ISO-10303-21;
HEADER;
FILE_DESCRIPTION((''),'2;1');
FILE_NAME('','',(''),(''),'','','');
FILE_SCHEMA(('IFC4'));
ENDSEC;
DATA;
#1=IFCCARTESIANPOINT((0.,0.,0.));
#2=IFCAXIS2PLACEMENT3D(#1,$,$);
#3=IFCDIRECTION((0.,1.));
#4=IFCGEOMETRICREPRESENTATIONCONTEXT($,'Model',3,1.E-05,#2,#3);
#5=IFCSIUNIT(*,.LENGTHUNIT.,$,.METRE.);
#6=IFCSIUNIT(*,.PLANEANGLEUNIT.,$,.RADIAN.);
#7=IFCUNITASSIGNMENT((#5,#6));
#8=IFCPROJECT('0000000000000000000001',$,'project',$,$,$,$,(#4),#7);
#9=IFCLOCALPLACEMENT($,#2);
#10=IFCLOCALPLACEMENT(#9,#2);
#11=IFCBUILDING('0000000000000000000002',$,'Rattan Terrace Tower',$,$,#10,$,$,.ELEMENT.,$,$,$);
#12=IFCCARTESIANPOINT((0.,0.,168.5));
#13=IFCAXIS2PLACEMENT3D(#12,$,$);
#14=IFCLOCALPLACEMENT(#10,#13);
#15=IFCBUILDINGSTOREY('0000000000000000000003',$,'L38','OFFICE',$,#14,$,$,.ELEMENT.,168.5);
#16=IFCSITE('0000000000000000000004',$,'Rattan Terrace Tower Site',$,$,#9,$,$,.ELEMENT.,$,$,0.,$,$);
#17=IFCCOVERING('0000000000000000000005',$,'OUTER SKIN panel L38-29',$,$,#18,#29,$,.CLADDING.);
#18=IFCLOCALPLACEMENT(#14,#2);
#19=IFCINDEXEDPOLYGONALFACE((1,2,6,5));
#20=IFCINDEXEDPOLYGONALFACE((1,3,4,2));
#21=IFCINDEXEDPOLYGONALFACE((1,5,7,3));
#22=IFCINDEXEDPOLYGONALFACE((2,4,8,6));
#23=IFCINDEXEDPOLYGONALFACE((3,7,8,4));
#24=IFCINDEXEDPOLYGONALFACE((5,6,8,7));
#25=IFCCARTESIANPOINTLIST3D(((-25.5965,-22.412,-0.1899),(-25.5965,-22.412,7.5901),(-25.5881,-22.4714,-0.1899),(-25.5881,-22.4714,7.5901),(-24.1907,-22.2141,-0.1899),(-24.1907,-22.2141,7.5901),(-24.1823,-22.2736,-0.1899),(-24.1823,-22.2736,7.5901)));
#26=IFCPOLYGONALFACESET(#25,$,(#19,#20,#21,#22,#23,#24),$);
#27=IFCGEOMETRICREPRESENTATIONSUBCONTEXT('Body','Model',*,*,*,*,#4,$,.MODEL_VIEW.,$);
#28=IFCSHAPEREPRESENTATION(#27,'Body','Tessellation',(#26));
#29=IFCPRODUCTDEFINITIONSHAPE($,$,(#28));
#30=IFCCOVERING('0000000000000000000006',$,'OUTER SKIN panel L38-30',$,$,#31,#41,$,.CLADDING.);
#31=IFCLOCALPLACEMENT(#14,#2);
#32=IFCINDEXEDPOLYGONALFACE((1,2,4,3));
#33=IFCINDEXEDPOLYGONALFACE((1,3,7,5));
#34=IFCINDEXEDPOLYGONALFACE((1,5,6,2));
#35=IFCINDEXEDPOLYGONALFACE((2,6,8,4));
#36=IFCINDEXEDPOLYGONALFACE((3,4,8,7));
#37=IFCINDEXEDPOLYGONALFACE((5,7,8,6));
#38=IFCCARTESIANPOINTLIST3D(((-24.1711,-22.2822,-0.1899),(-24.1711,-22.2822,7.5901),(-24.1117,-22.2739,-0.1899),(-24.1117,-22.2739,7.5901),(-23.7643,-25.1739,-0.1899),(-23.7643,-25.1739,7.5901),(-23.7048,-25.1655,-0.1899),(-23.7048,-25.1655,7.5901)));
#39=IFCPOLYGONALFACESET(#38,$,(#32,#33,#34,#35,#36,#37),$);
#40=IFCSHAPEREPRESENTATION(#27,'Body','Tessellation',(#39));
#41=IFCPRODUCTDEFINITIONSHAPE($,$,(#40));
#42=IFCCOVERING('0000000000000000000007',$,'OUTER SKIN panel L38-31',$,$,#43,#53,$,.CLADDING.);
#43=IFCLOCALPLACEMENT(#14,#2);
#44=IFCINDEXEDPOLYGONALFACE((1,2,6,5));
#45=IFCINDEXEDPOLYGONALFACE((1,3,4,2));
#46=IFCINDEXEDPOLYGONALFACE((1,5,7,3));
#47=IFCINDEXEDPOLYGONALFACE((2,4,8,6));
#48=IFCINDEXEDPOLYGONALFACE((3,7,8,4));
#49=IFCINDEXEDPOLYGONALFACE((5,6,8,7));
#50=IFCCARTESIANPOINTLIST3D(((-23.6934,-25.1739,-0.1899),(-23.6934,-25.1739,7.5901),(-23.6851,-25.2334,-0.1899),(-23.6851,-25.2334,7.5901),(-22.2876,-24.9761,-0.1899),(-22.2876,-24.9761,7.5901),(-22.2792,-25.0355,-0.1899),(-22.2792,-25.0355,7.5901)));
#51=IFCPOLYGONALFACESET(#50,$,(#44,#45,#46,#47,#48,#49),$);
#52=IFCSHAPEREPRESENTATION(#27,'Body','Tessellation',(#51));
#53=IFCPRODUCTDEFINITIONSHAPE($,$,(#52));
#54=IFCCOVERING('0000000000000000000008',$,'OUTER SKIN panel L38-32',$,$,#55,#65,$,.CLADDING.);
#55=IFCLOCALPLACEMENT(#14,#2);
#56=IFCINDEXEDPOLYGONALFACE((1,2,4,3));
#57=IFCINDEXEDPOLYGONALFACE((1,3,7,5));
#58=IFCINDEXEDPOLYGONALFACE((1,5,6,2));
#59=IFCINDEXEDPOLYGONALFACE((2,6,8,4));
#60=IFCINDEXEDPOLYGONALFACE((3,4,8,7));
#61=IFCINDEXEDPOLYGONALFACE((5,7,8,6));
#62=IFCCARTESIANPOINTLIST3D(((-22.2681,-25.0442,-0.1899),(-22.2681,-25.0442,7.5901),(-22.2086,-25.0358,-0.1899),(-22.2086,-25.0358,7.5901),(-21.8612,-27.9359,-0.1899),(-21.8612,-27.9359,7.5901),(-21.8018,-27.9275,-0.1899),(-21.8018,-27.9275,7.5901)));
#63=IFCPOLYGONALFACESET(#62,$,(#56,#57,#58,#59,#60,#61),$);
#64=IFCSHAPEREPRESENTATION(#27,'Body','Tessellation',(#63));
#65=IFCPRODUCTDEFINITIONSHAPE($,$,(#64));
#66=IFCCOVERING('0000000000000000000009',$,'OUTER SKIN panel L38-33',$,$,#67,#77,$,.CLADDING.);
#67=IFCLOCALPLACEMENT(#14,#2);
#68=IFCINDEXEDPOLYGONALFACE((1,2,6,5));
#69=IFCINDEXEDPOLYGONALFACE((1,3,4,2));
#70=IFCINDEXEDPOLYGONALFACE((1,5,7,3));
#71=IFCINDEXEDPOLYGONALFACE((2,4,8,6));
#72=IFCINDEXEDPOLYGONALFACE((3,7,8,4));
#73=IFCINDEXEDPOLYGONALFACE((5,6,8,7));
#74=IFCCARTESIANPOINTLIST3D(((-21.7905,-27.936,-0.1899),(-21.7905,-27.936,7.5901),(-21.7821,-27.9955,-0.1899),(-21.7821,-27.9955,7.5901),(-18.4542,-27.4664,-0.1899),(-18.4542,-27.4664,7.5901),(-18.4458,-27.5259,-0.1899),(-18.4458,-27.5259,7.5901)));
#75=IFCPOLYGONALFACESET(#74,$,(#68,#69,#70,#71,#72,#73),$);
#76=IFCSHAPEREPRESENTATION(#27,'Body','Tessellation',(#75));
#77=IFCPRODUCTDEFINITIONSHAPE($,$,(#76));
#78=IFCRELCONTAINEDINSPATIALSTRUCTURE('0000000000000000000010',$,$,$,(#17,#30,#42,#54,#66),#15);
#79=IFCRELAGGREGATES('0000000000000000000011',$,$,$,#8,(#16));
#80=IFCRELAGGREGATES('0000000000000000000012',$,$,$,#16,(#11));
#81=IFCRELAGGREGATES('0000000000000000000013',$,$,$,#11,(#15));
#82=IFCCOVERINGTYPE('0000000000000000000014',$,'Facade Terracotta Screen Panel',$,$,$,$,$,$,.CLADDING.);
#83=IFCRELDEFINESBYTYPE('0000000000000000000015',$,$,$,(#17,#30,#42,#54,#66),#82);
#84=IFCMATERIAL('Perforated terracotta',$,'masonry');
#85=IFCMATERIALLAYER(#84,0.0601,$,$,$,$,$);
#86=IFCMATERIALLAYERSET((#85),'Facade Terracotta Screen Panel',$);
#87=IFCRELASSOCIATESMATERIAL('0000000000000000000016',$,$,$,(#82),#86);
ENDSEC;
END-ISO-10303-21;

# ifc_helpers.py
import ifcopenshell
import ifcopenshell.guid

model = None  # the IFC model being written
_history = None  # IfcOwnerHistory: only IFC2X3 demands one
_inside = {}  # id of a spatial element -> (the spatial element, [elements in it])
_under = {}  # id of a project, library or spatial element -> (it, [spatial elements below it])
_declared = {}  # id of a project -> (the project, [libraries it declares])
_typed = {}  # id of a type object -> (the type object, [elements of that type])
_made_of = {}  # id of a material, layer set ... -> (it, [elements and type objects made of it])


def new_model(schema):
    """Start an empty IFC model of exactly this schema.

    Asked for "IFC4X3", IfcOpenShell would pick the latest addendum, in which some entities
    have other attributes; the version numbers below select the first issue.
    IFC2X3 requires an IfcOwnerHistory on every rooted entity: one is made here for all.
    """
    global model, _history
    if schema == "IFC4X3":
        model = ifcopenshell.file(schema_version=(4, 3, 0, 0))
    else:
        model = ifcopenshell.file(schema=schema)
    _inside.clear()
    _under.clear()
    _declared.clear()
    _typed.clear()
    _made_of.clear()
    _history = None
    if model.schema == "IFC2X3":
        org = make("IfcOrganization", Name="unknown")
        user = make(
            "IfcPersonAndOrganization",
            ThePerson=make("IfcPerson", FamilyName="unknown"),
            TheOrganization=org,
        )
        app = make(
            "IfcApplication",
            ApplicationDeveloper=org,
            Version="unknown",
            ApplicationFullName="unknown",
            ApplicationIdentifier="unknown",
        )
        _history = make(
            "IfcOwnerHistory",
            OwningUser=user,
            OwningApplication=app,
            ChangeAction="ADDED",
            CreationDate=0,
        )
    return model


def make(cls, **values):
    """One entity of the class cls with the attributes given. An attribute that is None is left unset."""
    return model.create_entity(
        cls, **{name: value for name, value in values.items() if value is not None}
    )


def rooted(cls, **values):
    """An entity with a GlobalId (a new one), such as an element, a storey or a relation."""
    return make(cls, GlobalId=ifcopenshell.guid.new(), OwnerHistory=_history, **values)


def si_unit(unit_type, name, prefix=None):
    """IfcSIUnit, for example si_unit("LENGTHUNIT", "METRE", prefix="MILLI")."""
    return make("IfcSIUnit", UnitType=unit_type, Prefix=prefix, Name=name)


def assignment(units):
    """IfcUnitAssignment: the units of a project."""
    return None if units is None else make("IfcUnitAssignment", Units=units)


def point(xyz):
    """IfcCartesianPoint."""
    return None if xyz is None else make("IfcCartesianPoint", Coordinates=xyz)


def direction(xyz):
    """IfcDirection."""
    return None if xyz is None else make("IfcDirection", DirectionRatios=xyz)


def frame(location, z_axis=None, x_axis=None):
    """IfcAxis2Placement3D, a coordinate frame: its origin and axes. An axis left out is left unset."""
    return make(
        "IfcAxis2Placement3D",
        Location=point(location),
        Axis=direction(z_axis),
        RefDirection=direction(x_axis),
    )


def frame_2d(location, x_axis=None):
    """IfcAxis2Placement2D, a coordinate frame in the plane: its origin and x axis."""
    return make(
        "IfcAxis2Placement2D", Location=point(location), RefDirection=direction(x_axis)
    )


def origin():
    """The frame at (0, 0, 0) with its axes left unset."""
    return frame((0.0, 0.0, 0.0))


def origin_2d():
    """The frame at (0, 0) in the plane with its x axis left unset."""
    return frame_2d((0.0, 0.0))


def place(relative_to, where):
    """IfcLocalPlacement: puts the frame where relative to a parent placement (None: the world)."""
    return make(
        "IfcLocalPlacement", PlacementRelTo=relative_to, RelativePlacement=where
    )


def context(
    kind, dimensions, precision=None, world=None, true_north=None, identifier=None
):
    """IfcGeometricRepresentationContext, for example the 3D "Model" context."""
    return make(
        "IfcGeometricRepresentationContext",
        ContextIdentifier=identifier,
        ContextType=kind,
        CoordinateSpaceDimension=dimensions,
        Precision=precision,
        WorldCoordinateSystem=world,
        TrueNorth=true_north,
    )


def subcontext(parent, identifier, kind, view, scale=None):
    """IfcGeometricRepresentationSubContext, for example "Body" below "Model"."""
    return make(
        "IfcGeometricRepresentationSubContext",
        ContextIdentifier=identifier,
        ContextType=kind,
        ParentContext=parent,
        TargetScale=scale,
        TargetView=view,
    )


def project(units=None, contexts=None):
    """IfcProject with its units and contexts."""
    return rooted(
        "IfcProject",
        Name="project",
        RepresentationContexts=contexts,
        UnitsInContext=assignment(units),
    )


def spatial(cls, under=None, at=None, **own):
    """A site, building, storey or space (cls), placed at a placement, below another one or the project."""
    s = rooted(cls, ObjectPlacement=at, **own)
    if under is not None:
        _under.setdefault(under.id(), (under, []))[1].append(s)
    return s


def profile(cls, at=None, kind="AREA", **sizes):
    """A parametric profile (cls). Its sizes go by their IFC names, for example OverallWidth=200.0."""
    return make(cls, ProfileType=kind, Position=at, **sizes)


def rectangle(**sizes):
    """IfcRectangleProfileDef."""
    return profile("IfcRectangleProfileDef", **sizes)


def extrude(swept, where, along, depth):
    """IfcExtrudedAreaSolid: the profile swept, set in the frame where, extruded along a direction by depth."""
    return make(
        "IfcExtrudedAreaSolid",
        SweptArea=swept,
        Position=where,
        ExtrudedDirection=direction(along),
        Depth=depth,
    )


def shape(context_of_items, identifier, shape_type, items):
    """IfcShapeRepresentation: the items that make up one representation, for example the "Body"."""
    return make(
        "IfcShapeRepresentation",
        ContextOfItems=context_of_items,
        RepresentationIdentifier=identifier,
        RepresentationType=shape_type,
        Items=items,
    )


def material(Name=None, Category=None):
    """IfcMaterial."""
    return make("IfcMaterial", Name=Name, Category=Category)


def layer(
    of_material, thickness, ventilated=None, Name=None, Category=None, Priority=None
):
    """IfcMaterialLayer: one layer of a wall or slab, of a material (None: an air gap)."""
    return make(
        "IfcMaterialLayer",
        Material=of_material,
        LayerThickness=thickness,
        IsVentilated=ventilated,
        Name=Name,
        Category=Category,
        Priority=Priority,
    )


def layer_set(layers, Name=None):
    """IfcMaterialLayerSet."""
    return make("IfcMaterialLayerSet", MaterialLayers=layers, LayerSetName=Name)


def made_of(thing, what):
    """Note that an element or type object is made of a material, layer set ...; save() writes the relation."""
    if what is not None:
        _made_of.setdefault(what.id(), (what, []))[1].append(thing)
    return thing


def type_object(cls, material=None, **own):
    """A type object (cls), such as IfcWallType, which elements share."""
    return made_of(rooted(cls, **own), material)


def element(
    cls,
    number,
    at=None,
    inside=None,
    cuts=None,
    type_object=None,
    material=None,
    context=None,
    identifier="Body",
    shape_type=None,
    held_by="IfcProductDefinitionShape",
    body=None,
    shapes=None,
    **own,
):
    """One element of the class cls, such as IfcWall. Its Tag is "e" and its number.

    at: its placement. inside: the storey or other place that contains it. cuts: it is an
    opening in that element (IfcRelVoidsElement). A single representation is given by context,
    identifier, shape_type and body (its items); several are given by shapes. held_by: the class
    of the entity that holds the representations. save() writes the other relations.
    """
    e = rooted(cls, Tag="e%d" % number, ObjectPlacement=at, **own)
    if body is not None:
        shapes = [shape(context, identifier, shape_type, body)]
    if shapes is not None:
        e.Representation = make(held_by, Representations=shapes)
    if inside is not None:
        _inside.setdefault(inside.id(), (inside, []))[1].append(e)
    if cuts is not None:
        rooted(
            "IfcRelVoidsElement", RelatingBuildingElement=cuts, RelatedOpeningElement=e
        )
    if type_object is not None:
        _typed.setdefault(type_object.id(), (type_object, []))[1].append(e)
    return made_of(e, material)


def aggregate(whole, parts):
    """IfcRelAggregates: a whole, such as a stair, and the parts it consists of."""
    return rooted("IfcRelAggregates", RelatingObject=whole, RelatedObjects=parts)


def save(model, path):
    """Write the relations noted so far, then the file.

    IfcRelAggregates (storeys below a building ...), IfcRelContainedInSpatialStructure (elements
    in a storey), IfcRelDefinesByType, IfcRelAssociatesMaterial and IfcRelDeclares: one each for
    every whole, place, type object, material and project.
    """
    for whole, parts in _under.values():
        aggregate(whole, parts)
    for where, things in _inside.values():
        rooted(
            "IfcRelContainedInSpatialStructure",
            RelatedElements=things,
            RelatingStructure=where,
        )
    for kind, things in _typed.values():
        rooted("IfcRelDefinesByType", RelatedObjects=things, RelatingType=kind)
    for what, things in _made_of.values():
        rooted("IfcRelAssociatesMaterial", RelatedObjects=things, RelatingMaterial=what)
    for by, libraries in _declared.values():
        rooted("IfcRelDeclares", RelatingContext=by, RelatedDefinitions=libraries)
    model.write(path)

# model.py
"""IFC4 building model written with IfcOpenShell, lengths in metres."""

from ifc_helpers import new_model, si_unit, direction, frame, origin, origin_2d, place, context, subcontext, project, spatial, rectangle, extrude, material, layer, layer_set, type_object, element, save


model = new_model("IFC4")

# Units and contexts
model_context = context("Model", 3, precision=1e-05, world=origin(), true_north=direction((0.0, 1.0)))
body_context = subcontext(model_context, "Body", "Model", "MODEL_VIEW")
ifc_project = project(units=[si_unit("LENGTHUNIT", "METRE"), si_unit("PLANEANGLEUNIT", "RADIAN")], contexts=[model_context])

# Site, building, storey
site_placement = place(None, origin())
site = spatial("IfcSite", under=ifc_project, at=site_placement, Name="Rattan Terrace Tower Site", CompositionType="ELEMENT", RefElevation=0.0)
building_placement = place(site_placement, origin())
building = spatial("IfcBuilding", under=site, at=building_placement, Name="Rattan Terrace Tower", CompositionType="ELEMENT")
storey_placement = place(building_placement, frame((0.0, 0.0, 168.5)))
storey = spatial("IfcBuildingStorey", under=building, at=storey_placement, Name="L38", Description="OFFICE", CompositionType="ELEMENT", Elevation=168.5)

# Coverings
ifc_material_1 = material(Name="Perforated terracotta", Category="masonry")
ifc_layer_1 = layer(ifc_material_1, 0.0601)
ifc_layer_set_1 = layer_set([ifc_layer_1], Name="Facade Terracotta Screen Panel")
covering_type = type_object("IfcCoveringType", Name="Facade Terracotta Screen Panel", PredefinedType="CLADDING", material=ifc_layer_set_1)
covering_1_placement = place(storey_placement, frame((-24.8894, -22.3428, -0.1899), z_axis=(0.0, 0.0, 1.0), x_axis=(0.990241, 0.139367, 0.0)))
element("IfcCovering", 1, at=covering_1_placement, inside=storey, type_object=covering_type, Name="OUTER SKIN panel L38-29", PredefinedType="CLADDING", context=body_context, shape_type="SweptSolid", body=[
    extrude(rectangle(XDim=1.4197, YDim=0.0601, at=origin_2d()), origin(), (0.0, 0.0, 1.0), 7.78),
])
covering_2_placement = place(storey_placement, frame((-23.938, -23.7239, -0.1899), z_axis=(0.0, 0.0, 1.0), x_axis=(0.139321, -0.990247, 0.0)))
element("IfcCovering", 2, at=covering_2_placement, inside=storey, type_object=covering_type, Name="OUTER SKIN panel L38-30", PredefinedType="CLADDING", context=body_context, shape_type="SweptSolid", body=[
    extrude(rectangle(XDim=2.9202, YDim=0.0601, at=origin_2d()), origin(), (0.0, 0.0, 1.0), 7.78),
])
covering_3_placement = place(storey_placement, frame((-22.9863, -25.1047, -0.1899), z_axis=(0.0, 0.0, 1.0), x_axis=(0.990241, 0.139367, 0.0)))
element("IfcCovering", 3, at=covering_3_placement, inside=storey, type_object=covering_type, Name="OUTER SKIN panel L38-31", PredefinedType="CLADDING", context=body_context, shape_type="SweptSolid", body=[
    extrude(rectangle(XDim=1.4197, YDim=0.0601, at=origin_2d()), origin(), (0.0, 0.0, 1.0), 7.78),
])
covering_4_placement = place(storey_placement, frame((-22.0349, -26.4858, -0.1899), z_axis=(0.0, 0.0, 1.0), x_axis=(0.139321, -0.990247, 0.0)))
element("IfcCovering", 4, at=covering_4_placement, inside=storey, type_object=covering_type, Name="OUTER SKIN panel L38-32", PredefinedType="CLADDING", context=body_context, shape_type="SweptSolid", body=[
    extrude(rectangle(XDim=2.9202, YDim=0.0601, at=origin_2d()), origin(), (0.0, 0.0, 1.0), 7.78),
])
covering_5_placement = place(storey_placement, frame((-20.1182, -27.731, -0.1899), z_axis=(0.0, 0.0, 1.0), x_axis=(0.990241, 0.139367, 0.0)))
element("IfcCovering", 5, at=covering_5_placement, inside=storey, type_object=covering_type, Name="OUTER SKIN panel L38-33", PredefinedType="CLADDING", context=body_context, shape_type="SweptSolid", body=[
    extrude(rectangle(XDim=3.3691, YDim=0.0601, at=origin_2d()), origin(), (0.0, 0.0, 1.0), 7.78),
])

save(model, "model.ifc")
